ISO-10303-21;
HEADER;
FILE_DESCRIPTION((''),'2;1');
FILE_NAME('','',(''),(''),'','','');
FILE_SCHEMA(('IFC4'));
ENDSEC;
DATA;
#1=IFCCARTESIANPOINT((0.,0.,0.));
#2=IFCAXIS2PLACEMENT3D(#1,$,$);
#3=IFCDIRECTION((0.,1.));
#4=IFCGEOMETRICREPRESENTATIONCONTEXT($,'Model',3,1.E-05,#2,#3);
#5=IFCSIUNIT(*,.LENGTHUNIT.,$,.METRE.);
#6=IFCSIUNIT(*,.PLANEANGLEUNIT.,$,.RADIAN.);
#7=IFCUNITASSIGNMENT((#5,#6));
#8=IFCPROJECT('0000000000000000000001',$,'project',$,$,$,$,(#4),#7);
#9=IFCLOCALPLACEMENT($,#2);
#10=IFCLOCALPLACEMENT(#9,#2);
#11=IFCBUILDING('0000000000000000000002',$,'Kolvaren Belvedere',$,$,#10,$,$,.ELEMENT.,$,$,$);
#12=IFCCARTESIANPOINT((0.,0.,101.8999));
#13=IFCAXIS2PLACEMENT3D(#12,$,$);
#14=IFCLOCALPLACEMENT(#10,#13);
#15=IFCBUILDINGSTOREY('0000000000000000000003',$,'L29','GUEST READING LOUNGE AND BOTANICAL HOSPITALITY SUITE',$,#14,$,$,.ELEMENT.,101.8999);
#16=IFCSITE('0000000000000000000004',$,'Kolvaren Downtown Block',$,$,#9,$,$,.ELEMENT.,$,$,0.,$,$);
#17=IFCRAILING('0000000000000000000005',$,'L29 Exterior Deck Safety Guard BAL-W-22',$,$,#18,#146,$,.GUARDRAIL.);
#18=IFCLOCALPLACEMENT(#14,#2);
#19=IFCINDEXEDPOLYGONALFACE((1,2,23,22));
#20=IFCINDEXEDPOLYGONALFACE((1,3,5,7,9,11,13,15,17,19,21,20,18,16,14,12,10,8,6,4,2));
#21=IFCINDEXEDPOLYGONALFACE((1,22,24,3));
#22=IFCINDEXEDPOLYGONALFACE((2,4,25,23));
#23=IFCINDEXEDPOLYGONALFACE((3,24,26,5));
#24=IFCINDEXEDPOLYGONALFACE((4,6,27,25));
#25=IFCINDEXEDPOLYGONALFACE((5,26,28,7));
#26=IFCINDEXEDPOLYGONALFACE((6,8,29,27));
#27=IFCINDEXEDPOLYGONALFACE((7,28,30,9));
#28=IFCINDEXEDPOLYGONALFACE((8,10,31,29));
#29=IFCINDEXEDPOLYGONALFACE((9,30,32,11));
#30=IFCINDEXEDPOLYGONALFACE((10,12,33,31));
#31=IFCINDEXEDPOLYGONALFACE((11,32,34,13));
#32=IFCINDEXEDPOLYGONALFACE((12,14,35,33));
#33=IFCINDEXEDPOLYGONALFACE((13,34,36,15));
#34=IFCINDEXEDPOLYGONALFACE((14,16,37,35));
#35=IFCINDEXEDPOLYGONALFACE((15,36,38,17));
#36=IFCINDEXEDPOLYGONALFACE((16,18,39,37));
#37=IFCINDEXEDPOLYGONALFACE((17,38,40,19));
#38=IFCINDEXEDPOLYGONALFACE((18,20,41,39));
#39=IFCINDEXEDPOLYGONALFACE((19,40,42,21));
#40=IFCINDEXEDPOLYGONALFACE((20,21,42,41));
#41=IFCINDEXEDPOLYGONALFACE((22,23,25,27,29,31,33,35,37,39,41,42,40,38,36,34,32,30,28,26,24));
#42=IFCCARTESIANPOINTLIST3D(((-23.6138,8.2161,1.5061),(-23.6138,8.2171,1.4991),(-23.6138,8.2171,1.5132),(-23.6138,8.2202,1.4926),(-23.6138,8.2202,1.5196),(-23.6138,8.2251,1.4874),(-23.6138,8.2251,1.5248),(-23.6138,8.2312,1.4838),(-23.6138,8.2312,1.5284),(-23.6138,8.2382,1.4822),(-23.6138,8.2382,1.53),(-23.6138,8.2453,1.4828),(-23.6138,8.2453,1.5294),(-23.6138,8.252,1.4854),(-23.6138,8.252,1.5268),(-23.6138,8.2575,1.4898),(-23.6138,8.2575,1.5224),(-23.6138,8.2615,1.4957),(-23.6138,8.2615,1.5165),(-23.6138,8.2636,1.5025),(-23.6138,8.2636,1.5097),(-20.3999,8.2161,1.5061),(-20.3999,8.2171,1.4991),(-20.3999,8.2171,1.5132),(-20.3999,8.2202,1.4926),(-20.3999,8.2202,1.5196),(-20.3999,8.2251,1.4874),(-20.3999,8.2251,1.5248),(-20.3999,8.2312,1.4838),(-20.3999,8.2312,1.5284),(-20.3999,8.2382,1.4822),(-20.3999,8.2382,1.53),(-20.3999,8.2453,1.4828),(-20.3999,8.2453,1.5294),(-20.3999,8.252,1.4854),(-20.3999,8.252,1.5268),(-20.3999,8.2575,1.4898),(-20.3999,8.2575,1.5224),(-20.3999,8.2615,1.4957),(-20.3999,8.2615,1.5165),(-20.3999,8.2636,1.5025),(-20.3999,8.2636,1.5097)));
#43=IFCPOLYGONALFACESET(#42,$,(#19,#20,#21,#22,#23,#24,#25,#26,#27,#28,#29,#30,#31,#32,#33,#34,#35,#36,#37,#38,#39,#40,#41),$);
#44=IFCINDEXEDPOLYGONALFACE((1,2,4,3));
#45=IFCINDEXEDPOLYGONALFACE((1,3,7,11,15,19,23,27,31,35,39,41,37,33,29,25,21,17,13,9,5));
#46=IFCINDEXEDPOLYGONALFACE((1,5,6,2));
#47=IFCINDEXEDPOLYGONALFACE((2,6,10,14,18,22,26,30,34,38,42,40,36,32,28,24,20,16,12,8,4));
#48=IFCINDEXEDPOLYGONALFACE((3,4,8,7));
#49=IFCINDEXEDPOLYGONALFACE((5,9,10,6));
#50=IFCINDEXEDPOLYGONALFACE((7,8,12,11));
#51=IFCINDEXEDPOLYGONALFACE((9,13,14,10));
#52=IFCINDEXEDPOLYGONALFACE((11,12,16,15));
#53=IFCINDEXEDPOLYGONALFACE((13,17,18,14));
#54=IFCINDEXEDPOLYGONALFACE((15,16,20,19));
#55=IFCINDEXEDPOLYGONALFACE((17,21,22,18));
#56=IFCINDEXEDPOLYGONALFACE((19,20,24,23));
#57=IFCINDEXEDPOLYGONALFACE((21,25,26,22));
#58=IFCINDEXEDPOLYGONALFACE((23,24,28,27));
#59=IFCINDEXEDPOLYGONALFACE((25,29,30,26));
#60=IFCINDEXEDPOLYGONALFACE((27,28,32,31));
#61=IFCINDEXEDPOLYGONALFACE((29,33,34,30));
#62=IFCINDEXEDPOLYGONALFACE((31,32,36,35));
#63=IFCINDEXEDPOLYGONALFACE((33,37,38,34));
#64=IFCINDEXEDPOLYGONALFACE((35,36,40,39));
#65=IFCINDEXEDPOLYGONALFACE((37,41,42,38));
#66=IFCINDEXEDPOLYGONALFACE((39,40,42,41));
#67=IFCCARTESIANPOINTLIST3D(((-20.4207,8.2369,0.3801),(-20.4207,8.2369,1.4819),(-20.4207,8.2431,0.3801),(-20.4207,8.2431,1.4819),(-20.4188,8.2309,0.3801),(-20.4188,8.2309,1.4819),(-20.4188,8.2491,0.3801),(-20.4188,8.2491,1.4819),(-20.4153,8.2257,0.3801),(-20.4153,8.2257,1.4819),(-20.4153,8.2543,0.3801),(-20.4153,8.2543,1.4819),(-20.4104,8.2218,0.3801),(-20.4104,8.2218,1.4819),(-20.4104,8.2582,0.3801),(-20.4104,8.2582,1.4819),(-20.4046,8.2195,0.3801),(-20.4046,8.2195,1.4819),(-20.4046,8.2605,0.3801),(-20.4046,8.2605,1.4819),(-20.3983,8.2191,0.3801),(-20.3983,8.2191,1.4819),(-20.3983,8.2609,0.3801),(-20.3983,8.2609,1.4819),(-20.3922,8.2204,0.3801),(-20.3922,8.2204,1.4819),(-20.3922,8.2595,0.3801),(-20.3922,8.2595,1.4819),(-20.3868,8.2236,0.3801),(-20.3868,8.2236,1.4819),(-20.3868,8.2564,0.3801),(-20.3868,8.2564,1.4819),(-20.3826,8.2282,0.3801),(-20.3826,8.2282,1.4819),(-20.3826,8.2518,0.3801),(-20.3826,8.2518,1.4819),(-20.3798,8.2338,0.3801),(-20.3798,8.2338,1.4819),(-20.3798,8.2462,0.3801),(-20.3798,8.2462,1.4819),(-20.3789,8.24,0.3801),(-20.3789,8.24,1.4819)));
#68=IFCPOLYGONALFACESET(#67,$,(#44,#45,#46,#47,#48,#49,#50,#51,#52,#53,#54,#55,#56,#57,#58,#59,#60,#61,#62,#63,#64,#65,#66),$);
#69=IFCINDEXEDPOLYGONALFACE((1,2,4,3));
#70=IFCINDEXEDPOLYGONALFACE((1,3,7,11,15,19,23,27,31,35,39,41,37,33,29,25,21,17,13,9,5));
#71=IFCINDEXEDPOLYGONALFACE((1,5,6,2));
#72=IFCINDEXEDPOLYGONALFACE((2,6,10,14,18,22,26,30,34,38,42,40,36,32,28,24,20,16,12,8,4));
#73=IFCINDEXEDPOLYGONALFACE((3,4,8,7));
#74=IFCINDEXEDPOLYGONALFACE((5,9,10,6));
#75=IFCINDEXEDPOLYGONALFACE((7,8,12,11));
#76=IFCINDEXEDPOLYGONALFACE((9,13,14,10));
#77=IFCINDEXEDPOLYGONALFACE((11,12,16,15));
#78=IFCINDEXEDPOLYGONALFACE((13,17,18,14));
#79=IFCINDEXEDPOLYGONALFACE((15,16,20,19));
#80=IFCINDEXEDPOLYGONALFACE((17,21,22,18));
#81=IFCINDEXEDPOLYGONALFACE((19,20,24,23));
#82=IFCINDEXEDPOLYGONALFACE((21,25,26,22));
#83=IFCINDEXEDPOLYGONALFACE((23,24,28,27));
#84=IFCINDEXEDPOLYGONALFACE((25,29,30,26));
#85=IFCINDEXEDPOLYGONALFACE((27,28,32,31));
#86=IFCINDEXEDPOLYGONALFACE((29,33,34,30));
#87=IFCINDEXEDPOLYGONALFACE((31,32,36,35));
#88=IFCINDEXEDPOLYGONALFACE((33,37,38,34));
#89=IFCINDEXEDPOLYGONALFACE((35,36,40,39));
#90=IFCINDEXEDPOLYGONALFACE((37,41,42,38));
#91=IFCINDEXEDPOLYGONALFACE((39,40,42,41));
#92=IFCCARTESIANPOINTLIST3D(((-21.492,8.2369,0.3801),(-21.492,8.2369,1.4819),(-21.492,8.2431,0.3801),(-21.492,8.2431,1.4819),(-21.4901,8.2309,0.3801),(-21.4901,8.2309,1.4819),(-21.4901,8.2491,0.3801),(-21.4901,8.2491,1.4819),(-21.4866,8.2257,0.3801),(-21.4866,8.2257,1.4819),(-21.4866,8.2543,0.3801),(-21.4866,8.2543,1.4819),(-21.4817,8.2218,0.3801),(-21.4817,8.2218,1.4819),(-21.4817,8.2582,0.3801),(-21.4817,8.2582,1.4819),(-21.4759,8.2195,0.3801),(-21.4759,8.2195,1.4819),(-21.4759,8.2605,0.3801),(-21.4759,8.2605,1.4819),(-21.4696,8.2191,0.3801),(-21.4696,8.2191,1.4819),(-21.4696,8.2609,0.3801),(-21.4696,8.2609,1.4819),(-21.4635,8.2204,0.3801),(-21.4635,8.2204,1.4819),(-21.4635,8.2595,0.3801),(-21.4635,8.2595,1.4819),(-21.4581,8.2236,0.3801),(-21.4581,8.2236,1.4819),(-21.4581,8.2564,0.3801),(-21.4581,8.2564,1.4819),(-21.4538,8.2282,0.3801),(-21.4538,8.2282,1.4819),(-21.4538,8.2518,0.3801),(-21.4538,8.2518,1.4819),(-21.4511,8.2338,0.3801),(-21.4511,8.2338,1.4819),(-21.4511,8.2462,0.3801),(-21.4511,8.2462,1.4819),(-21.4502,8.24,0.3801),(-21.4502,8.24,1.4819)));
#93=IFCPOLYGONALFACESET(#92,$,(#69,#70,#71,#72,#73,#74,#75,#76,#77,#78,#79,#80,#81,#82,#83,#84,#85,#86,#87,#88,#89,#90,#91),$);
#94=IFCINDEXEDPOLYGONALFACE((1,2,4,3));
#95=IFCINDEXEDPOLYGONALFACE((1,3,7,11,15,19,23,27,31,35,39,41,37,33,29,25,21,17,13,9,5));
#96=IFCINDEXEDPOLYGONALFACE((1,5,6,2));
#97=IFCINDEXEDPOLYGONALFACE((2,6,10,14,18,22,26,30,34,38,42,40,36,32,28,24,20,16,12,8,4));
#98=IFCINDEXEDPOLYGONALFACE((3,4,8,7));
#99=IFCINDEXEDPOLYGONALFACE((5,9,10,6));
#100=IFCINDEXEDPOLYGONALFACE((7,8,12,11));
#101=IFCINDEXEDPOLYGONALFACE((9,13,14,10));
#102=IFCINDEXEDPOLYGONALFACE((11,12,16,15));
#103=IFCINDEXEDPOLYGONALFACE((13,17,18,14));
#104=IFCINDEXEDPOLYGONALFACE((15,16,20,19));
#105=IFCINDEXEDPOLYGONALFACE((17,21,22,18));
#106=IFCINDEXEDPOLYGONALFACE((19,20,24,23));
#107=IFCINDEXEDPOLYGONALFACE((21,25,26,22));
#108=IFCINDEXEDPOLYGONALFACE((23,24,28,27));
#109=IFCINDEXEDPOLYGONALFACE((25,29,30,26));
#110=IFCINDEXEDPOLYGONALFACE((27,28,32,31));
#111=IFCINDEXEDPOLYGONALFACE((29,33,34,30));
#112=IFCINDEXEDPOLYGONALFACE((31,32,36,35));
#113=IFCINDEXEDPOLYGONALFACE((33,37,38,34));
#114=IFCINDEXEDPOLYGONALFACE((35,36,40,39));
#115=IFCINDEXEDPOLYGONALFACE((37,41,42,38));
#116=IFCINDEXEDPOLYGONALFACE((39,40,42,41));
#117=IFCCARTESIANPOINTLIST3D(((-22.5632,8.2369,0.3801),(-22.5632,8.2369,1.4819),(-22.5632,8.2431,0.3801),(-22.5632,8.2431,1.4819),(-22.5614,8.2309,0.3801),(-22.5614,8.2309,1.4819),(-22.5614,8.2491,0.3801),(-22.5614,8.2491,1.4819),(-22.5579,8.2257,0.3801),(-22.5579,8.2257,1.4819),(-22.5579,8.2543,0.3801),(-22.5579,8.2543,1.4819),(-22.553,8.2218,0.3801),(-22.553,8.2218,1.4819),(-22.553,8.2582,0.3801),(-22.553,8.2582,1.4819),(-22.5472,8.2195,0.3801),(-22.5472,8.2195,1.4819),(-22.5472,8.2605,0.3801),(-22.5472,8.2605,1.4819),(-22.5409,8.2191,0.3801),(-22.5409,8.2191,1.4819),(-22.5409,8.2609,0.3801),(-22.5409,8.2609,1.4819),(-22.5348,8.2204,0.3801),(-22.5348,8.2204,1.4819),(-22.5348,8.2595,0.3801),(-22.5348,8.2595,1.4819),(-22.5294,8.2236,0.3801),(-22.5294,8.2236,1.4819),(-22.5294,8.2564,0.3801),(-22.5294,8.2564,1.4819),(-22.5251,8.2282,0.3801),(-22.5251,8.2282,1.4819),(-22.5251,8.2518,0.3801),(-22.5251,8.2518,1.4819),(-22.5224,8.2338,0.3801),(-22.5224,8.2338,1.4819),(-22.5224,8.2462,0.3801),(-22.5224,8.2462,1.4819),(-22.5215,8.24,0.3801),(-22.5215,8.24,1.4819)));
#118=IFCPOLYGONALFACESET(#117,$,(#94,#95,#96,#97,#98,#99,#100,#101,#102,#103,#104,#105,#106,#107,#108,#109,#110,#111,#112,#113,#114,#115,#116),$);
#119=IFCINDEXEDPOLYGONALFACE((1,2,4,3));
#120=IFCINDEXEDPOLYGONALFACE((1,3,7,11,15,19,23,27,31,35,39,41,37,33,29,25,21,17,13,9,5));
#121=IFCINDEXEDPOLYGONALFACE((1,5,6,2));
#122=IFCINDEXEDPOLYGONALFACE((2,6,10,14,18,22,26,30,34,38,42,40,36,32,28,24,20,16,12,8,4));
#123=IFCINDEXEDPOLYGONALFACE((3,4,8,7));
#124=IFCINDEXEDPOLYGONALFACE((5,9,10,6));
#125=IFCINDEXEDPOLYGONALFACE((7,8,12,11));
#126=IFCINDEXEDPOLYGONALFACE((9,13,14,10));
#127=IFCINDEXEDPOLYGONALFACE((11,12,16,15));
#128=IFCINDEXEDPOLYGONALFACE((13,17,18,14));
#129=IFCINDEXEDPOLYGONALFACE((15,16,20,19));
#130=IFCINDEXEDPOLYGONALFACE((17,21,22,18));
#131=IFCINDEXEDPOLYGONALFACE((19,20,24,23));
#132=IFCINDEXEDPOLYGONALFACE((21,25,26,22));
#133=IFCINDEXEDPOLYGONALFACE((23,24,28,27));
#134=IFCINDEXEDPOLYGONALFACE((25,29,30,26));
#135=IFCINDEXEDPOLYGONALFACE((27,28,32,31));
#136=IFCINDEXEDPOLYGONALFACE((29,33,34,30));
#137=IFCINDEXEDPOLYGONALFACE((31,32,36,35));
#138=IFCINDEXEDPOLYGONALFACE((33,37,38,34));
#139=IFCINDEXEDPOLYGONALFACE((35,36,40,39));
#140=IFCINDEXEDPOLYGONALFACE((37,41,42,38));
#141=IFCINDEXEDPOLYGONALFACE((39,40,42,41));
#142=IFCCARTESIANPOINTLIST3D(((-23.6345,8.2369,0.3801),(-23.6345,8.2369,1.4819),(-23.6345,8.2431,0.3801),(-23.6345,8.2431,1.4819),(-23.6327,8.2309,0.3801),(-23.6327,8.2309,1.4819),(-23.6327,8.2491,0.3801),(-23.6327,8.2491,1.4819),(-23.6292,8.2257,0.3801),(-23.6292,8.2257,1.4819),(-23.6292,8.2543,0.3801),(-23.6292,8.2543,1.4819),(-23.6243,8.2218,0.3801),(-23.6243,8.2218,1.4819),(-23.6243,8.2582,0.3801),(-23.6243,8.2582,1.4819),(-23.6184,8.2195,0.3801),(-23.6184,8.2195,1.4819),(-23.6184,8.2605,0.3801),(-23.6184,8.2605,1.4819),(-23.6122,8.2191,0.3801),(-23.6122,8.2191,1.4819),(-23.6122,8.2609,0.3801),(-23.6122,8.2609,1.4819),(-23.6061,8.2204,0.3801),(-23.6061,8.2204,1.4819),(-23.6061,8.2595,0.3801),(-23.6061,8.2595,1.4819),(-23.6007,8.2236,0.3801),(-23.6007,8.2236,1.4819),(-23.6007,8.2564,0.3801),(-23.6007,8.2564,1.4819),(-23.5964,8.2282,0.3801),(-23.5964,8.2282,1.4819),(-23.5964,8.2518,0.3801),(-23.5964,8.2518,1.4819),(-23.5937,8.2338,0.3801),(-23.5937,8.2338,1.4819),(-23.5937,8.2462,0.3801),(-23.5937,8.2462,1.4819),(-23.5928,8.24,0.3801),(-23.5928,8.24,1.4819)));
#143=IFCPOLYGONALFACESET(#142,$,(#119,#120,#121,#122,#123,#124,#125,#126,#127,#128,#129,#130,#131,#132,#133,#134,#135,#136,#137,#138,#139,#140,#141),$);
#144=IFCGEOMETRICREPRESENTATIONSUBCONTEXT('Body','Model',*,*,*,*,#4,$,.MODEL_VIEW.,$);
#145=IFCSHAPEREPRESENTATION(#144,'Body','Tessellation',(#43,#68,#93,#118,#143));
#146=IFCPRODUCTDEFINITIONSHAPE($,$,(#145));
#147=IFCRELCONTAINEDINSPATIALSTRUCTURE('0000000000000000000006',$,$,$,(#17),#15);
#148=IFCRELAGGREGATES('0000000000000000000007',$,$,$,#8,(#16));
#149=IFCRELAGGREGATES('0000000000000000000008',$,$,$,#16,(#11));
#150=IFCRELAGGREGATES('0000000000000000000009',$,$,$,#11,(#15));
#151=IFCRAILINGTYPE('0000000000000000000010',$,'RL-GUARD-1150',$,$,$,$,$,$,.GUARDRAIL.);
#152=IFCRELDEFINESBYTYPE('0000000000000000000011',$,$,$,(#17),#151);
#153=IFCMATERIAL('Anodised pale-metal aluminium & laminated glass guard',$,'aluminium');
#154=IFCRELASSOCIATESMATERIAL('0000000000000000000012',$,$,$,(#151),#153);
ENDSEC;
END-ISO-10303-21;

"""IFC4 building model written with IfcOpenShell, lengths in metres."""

from ifc_helpers import new_model, si_unit, direction, frame, origin, origin_2d, place, context, subcontext, project, spatial, circle, extrude, material, type_object, element, save


model = new_model("IFC4")

# Units and contexts
model_context = context("Model", 3, precision=1e-05, world=origin(), true_north=direction((0.0, 1.0)))
body_context = subcontext(model_context, "Body", "Model", "MODEL_VIEW")
ifc_project = project(units=[si_unit("LENGTHUNIT", "METRE"), si_unit("PLANEANGLEUNIT", "RADIAN")], contexts=[model_context])

# Site, building, storey
site_placement = place(None, origin())
site = spatial("IfcSite", under=ifc_project, at=site_placement, Name="Kolvaren Downtown Block", CompositionType="ELEMENT", RefElevation=0.0)
building_placement = place(site_placement, origin())
building = spatial("IfcBuilding", under=site, at=building_placement, Name="Kolvaren Belvedere", CompositionType="ELEMENT")
storey_placement = place(building_placement, frame((0.0, 0.0, 101.8999)))
storey = spatial("IfcBuildingStorey", under=building, at=storey_placement, Name="L29", Description="GUEST READING LOUNGE AND BOTANICAL HOSPITALITY SUITE", CompositionType="ELEMENT", Elevation=101.8999)

# Railing
ifc_material_1 = material(Name="Anodised pale-metal aluminium & laminated glass guard", Category="aluminium")
railing_type = type_object("IfcRailingType", Name="RL-GUARD-1150", PredefinedType="GUARDRAIL", material=ifc_material_1)
railing_1_placement = place(storey_placement, frame((-20.3999, 8.24, 0.3801)))
element("IfcRailing", 1, at=railing_1_placement, inside=storey, type_object=railing_type, Name="L29 Exterior Deck Safety Guard BAL-W-22", PredefinedType="GUARDRAIL", context=body_context, shape_type="SweptSolid", body=[
    extrude(circle(Radius=0.0239, at=origin_2d()), frame((0.0, 0.0, 1.126), z_axis=(-1.0, 0.0, 0.0), x_axis=(0.0, -1.0, 0.0)), (0.0, 0.0, 1.0), 3.2139),
    extrude(circle(Radius=0.021, at=origin_2d()), origin(), (0.0, 0.0, 1.0), 1.1018),
    extrude(circle(Radius=0.021, at=origin_2d()), frame((-1.0713, 0.0, 0.0)), (0.0, 0.0, 1.0), 1.1018),
    extrude(circle(Radius=0.021, at=origin_2d()), frame((-2.1426, 0.0, 0.0)), (0.0, 0.0, 1.0), 1.1018),
    extrude(circle(Radius=0.021, at=origin_2d()), frame((-3.2139, 0.0, 0.0)), (0.0, 0.0, 1.0), 1.1018),
])

save(model, "model.ifc")
